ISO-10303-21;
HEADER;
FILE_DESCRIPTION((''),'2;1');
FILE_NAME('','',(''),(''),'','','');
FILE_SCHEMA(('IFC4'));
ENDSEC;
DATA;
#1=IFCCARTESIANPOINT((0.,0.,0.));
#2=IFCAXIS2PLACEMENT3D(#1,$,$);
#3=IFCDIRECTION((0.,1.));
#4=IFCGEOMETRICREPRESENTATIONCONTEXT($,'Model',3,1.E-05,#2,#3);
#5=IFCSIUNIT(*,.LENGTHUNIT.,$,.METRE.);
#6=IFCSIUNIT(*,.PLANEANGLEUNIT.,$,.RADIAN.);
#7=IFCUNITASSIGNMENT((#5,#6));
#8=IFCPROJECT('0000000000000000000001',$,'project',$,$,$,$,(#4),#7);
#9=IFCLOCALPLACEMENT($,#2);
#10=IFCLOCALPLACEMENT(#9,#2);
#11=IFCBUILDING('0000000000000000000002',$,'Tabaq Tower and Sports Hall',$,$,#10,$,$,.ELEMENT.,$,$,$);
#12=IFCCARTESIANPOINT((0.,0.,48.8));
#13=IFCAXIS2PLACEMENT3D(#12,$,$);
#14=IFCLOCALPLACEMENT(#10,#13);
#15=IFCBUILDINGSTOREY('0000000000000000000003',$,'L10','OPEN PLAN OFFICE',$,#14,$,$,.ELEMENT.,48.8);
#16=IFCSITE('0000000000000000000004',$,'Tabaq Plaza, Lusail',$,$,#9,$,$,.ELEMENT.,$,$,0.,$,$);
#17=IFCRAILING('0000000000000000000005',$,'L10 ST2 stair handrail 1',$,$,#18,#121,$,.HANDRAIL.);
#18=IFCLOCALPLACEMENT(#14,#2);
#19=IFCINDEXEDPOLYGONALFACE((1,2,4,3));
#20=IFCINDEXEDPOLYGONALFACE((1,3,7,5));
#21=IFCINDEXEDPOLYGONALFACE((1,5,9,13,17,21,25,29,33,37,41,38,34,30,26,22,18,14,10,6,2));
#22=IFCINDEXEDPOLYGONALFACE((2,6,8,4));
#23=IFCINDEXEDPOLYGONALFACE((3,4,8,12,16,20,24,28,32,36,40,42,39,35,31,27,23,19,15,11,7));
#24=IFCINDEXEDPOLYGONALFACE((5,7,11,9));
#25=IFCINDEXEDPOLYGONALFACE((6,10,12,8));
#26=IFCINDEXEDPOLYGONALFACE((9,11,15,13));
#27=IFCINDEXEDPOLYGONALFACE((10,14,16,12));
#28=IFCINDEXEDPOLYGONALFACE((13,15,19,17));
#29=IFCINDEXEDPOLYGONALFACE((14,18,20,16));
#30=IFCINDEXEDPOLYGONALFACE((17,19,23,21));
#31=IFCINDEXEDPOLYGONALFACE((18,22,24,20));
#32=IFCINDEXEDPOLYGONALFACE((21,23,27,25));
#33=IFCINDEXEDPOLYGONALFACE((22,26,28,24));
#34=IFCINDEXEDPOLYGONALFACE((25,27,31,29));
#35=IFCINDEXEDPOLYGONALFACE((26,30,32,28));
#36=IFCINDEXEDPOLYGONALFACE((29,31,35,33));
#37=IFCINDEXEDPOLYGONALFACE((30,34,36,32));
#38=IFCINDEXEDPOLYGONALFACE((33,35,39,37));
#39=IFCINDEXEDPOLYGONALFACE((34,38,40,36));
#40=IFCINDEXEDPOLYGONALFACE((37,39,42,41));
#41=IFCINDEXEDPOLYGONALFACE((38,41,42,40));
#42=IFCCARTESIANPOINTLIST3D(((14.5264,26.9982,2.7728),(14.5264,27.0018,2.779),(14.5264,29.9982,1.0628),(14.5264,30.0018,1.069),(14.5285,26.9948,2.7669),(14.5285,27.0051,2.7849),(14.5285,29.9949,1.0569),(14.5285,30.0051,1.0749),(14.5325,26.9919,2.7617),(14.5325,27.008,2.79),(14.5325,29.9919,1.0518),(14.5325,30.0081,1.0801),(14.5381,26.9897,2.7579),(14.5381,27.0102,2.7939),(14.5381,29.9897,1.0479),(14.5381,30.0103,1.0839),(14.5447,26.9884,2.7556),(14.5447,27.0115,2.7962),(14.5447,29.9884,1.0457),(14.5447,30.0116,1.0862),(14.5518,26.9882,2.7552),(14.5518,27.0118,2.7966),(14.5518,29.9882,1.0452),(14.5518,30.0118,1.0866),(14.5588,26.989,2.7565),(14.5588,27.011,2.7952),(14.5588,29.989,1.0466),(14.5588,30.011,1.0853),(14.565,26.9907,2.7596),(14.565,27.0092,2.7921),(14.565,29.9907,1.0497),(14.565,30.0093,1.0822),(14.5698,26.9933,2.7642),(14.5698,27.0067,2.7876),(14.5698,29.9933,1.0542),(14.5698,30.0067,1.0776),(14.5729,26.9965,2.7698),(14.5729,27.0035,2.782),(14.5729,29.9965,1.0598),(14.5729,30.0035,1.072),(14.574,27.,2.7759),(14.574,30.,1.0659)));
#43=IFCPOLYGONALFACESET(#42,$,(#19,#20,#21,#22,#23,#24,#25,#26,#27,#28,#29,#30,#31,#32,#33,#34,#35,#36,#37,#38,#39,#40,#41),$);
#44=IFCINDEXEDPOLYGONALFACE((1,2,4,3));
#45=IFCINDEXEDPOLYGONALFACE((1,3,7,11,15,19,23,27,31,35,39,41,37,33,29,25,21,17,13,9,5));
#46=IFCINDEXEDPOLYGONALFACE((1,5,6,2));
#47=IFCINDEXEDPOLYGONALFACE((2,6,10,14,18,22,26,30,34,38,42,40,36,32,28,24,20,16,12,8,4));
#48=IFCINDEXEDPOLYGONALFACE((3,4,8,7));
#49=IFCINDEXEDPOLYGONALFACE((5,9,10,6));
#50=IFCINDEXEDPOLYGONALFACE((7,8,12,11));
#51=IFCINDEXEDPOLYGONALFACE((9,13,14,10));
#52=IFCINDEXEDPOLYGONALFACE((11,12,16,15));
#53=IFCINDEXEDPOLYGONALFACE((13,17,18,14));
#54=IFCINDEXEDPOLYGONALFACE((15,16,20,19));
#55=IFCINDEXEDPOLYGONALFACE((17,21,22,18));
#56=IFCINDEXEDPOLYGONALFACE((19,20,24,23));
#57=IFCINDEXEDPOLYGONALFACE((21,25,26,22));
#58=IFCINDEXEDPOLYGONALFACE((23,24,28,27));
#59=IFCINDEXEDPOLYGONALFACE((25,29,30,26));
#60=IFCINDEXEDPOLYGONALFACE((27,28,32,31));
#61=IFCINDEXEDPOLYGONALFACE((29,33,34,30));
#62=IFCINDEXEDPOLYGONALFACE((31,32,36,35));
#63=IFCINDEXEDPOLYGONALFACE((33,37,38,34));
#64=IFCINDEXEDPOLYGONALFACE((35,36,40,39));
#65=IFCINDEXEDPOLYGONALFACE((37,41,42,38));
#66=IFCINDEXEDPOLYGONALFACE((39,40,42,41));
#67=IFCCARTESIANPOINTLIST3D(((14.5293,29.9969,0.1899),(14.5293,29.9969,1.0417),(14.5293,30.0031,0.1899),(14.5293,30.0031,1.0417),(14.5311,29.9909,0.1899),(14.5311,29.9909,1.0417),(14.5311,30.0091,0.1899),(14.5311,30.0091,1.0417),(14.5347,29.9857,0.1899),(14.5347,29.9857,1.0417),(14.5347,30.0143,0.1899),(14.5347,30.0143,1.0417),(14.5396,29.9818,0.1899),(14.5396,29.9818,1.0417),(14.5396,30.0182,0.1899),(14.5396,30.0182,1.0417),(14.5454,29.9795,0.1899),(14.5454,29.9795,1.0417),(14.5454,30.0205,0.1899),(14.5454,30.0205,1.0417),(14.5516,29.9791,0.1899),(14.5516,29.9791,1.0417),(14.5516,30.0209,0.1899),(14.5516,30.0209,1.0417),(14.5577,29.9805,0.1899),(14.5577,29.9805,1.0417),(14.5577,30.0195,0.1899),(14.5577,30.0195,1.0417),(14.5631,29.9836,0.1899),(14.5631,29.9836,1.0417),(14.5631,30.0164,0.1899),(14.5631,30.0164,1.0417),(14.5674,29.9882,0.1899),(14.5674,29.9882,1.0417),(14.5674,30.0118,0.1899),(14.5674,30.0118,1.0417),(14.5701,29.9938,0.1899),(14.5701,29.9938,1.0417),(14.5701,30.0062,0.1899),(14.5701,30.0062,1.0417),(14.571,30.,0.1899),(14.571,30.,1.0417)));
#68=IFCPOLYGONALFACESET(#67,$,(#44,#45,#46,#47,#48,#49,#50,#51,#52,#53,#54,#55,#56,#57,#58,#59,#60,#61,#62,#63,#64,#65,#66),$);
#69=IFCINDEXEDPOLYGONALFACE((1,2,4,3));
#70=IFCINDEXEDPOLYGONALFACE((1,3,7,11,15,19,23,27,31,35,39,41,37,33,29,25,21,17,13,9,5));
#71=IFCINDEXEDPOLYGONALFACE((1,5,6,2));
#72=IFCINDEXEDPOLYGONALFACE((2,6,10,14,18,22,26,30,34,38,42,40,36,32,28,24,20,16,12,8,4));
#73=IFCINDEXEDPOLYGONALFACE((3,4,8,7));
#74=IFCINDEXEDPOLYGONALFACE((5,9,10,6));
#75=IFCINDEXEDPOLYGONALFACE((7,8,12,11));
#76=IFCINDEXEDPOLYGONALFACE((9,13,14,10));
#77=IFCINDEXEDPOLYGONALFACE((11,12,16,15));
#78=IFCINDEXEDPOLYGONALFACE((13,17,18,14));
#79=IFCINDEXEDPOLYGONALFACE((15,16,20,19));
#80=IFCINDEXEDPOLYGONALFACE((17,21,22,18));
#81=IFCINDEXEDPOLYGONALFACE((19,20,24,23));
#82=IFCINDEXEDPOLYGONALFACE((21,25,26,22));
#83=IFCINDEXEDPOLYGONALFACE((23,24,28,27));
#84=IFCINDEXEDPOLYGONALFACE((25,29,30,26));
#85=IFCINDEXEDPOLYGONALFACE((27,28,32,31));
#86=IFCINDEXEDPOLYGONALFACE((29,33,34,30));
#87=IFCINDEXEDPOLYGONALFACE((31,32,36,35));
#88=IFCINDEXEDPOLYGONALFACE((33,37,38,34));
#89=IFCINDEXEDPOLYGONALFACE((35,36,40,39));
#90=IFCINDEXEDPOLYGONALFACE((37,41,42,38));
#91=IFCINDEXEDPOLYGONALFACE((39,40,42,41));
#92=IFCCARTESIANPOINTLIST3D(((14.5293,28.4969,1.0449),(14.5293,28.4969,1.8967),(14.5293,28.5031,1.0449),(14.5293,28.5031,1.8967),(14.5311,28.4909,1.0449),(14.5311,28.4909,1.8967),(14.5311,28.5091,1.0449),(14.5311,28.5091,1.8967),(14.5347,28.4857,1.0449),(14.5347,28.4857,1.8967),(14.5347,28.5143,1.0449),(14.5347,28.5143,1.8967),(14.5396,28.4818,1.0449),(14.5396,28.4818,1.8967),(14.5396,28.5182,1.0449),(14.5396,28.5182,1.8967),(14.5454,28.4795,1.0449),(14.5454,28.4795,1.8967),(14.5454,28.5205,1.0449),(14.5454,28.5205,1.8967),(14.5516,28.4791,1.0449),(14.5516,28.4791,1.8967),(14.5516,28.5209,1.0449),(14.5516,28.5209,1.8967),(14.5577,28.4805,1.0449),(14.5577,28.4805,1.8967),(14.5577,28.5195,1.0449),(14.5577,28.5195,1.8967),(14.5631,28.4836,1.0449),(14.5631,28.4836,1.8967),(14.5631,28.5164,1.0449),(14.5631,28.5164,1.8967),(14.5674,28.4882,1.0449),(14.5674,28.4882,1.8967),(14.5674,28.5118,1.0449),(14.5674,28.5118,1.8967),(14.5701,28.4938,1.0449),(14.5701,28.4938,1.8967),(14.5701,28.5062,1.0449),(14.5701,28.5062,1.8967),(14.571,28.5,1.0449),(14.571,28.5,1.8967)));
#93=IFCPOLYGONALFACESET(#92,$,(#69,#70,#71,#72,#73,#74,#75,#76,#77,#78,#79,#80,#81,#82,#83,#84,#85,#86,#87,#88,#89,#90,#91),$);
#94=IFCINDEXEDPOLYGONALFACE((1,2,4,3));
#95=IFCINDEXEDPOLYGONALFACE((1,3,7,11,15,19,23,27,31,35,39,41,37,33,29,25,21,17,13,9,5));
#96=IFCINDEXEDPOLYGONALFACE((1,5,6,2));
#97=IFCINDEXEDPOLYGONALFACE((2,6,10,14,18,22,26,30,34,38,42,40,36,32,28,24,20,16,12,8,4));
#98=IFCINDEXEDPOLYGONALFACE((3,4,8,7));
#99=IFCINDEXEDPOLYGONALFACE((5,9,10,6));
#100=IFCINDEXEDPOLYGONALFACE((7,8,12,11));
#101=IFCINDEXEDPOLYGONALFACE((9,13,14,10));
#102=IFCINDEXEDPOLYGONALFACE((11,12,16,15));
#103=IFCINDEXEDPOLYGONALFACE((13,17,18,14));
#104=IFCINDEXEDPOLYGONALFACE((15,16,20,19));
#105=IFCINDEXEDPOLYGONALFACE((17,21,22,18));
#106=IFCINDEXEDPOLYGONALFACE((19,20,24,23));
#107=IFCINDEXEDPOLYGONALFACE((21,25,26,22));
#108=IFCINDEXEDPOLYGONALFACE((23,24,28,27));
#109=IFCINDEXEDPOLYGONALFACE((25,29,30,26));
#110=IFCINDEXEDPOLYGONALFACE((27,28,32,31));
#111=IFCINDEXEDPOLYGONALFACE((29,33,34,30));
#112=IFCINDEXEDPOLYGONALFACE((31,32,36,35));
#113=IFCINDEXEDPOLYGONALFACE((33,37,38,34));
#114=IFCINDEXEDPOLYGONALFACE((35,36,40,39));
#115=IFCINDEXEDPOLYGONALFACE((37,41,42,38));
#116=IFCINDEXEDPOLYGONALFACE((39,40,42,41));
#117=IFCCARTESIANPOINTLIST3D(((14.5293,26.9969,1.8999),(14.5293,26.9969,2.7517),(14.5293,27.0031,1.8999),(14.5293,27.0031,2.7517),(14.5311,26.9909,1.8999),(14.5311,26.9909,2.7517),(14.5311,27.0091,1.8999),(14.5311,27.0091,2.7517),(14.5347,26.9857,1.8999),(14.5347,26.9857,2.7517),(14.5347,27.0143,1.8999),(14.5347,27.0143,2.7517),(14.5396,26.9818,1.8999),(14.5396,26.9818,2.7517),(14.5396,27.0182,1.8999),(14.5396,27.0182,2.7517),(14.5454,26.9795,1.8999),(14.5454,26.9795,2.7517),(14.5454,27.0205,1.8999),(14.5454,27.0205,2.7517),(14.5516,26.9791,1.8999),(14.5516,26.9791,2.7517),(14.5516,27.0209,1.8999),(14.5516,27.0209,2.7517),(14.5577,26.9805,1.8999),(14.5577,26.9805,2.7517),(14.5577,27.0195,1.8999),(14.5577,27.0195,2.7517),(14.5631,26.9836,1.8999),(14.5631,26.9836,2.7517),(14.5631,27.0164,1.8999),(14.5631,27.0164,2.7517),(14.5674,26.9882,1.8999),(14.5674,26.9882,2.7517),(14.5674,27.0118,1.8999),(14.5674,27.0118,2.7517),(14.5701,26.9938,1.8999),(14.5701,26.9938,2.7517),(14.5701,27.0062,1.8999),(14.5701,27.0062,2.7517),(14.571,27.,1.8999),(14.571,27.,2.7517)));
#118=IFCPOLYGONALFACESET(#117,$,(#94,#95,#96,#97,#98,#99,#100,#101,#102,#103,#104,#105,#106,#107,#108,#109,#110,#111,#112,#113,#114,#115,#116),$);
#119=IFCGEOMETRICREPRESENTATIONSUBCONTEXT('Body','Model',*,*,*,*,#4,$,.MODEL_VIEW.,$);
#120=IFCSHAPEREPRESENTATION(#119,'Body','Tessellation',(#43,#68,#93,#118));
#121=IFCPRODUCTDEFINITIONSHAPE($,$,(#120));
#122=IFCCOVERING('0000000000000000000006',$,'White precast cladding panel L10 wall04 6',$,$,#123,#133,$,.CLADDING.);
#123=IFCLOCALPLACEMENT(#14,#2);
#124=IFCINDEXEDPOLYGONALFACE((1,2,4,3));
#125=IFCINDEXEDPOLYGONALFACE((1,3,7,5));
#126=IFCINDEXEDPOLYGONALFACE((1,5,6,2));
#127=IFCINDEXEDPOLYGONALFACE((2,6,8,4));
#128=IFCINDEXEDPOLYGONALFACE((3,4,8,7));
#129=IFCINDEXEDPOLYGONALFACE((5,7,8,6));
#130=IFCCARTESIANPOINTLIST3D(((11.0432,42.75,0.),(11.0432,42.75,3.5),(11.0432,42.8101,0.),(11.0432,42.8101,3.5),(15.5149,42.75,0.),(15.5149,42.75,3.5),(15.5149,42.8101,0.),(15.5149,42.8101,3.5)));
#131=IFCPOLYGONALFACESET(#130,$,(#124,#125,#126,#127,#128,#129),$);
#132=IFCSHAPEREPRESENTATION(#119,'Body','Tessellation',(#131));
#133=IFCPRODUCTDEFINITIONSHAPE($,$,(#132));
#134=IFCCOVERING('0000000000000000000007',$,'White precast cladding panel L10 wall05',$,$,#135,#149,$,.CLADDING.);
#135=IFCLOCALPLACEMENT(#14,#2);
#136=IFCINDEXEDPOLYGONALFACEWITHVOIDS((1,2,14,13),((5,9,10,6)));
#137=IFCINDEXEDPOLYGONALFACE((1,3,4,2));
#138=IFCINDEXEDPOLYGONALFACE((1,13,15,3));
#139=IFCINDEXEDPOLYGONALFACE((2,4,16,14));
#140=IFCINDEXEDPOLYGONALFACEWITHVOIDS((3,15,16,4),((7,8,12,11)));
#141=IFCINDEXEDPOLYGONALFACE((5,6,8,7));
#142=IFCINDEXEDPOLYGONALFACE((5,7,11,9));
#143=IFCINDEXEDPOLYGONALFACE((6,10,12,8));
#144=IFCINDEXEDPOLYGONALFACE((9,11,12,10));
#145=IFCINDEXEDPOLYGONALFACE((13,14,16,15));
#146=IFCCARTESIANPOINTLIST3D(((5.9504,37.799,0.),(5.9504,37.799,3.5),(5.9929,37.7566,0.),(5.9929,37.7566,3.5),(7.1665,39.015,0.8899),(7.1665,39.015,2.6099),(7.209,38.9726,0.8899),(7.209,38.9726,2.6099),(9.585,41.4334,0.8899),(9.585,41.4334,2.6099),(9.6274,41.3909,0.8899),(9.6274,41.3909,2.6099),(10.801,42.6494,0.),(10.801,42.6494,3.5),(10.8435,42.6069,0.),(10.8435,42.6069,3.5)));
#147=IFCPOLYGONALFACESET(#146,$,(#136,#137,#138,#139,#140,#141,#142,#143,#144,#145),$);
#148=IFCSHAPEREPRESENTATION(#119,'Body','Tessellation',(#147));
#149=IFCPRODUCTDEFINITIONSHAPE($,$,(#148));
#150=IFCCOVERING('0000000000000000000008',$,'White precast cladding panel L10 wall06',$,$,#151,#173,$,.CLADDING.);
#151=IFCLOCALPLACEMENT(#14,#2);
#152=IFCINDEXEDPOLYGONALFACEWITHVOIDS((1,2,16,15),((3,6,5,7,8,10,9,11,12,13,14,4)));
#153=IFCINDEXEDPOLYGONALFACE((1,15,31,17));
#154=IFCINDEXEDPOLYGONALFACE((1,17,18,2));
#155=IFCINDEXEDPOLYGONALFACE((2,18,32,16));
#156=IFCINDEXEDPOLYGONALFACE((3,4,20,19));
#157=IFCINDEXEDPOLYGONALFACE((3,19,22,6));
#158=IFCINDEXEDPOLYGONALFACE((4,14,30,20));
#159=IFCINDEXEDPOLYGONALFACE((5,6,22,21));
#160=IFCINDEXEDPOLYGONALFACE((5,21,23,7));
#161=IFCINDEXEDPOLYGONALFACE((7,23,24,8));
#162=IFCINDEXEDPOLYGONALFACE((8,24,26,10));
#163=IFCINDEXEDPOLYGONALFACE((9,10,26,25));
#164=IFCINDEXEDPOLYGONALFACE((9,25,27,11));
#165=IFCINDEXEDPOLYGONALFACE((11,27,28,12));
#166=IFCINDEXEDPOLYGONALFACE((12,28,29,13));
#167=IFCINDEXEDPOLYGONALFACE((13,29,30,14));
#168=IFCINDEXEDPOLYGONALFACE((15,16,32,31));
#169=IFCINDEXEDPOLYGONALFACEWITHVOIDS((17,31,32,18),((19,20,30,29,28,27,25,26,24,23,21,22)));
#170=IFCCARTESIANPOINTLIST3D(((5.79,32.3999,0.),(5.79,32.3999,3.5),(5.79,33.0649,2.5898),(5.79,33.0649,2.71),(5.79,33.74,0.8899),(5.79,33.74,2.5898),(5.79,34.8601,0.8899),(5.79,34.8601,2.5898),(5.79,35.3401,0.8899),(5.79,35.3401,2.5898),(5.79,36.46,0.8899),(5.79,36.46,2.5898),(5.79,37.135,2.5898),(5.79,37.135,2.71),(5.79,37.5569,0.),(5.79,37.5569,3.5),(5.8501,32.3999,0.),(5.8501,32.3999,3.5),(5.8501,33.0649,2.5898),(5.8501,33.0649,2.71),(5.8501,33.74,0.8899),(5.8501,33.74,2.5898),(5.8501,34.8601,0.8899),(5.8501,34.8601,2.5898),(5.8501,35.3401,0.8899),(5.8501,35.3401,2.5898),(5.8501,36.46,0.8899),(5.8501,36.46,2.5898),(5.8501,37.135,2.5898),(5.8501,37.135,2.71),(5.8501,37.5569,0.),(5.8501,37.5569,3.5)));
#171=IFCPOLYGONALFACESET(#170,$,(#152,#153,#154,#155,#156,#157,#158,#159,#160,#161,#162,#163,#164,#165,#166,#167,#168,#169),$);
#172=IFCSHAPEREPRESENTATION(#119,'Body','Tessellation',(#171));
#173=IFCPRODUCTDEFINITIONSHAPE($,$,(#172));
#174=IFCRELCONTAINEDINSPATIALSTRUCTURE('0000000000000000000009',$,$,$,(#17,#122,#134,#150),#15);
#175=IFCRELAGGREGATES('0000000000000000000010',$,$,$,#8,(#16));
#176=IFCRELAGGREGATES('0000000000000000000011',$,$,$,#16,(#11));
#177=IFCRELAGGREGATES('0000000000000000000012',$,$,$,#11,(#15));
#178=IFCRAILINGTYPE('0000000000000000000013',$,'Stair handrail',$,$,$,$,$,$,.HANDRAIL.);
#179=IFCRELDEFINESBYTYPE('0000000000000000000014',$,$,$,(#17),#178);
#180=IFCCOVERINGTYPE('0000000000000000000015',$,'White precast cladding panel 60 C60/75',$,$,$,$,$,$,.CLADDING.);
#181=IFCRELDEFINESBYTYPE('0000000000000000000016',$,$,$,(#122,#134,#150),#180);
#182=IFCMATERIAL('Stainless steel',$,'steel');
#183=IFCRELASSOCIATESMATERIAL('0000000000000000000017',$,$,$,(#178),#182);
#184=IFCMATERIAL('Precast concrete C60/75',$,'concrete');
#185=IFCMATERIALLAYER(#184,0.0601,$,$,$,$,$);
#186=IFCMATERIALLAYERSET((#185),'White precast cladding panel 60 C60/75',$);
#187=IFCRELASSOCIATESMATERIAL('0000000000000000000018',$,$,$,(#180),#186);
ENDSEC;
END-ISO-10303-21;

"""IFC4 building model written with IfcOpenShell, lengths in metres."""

from ifc_helpers import new_model, si_unit, direction, frame, frame_2d, origin, origin_2d, place, context, subcontext, project, spatial, polyline, rectangle, circle, outline, extrude, material, layer, layer_set, type_object, element, save


model = new_model("IFC4")

# Units and contexts
model_context = context("Model", 3, precision=1e-05, world=origin(), true_north=direction((0.0, 1.0)))
body_context = subcontext(model_context, "Body", "Model", "MODEL_VIEW")
ifc_project = project(units=[si_unit("LENGTHUNIT", "METRE"), si_unit("PLANEANGLEUNIT", "RADIAN")], contexts=[model_context])

# Site, building, storey
site_placement = place(None, origin())
site = spatial("IfcSite", under=ifc_project, at=site_placement, Name="Tabaq Plaza, Lusail", CompositionType="ELEMENT", RefElevation=0.0)
building_placement = place(site_placement, origin())
building = spatial("IfcBuilding", under=site, at=building_placement, Name="Tabaq Tower and Sports Hall", CompositionType="ELEMENT")
storey_placement = place(building_placement, frame((0.0, 0.0, 48.8)))
storey = spatial("IfcBuildingStorey", under=building, at=storey_placement, Name="L10", Description="OPEN PLAN OFFICE", CompositionType="ELEMENT", Elevation=48.8)

# Railing
ifc_material_1 = material(Name="Stainless steel", Category="steel")
railing_type_1 = type_object("IfcRailingType", Name="Stair handrail", PredefinedType="HANDRAIL", material=ifc_material_1)
railing_1_placement = place(storey_placement, frame((14.55, 30.0, 0.1899)))
element("IfcRailing", 1, at=railing_1_placement, inside=storey, type_object=railing_type_1, Name="L10 ST2 stair handrail 1", PredefinedType="HANDRAIL", context=body_context, shape_type="SweptSolid", body=[
    extrude(circle(Radius=0.0239, at=origin_2d()), frame((0.0, 0.0, 0.876), z_axis=(0.0, -0.868782, 0.495195), x_axis=(1.0, 0.0, 0.0)), (0.0, 0.0, 1.0), 3.4531),
    extrude(circle(Radius=0.021, at=origin_2d()), origin(), (0.0, 0.0, 1.0), 0.8518),
    extrude(circle(Radius=0.021, at=origin_2d()), frame((0.0, -1.5, 0.855)), (0.0, 0.0, 1.0), 0.8518),
    extrude(circle(Radius=0.021, at=origin_2d()), frame((0.0, -3.0, 1.71)), (0.0, 0.0, 1.0), 0.8518),
])

# Coverings
ifc_material_2 = material(Name="Precast concrete C60/75", Category="concrete")
ifc_layer_1 = layer(ifc_material_2, 0.0601)
ifc_layer_set_1 = layer_set([ifc_layer_1], Name="White precast cladding panel 60 C60/75")
covering_type = type_object("IfcCoveringType", Name="White precast cladding panel 60 C60/75", PredefinedType="CLADDING", material=ifc_layer_set_1)
covering_1_placement = place(storey_placement, frame((15.5149, 42.78, 0.0), z_axis=(0.0, 0.0, 1.0), x_axis=(-1.0, 0.0, 0.0)))
element("IfcCovering", 2, at=covering_1_placement, inside=storey, type_object=covering_type, Name="White precast cladding panel L10 wall04 6", PredefinedType="CLADDING", context=body_context, shape_type="SweptSolid", body=[
    extrude(rectangle(XDim=4.4717, YDim=0.0601, at=frame_2d((2.2358, 0.0))), origin(), (0.0, 0.0, 1.0), 3.5),
])
covering_2_placement = place(storey_placement, frame((10.8223, 42.6282, 0.0), z_axis=(0.0, 0.0, 1.0), x_axis=(-0.707125, -0.707089, 0.0)))
element("IfcCovering", 3, at=covering_2_placement, inside=storey, type_object=covering_type, Name="White precast cladding panel L10 wall05", PredefinedType="CLADDING", context=body_context, shape_type="SweptSolid", body=[
    extrude(outline(polyline([(0.0, 0.0), (6.8596, 0.0), (6.8596, 3.5), (0.0, 3.5), (0.0, 0.0)]), holes=[polyline([(1.7197, 0.8899), (1.7197, 2.6099), (5.1399, 2.6099), (5.1399, 0.8899), (1.7197, 0.8899)])]), frame((0.0, 0.03, 0.0), z_axis=(0.0, -1.0, 0.0), x_axis=(1.0, 0.0, 0.0)), (0.0, 0.0, 1.0), 0.0601),
])
covering_3_placement = place(storey_placement, frame((5.8201, 37.5569, 0.0), z_axis=(0.0, 0.0, 1.0), x_axis=(0.0, -1.0, 0.0)))
element("IfcCovering", 4, at=covering_3_placement, inside=storey, type_object=covering_type, Name="White precast cladding panel L10 wall06", PredefinedType="CLADDING", context=body_context, shape_type="SweptSolid", body=[
    extrude(outline(polyline([(0.0, 0.0), (5.157, 0.0), (5.157, 3.5), (0.0, 3.5), (0.0, 0.0)]), holes=[polyline([(1.0969, 2.5898), (0.4219, 2.5898), (0.4219, 2.71), (4.4919, 2.71), (4.4919, 2.5898), (3.8169, 2.5898), (3.8169, 0.8899), (2.6968, 0.8899), (2.6968, 2.5898), (2.2168, 2.5898), (2.2168, 0.8899), (1.0969, 0.8899), (1.0969, 2.5898)])]), frame((0.0, 0.03, 0.0), z_axis=(0.0, -1.0, 0.0), x_axis=(1.0, 0.0, 0.0)), (0.0, 0.0, 1.0), 0.0601),
])

save(model, "model.ifc")
